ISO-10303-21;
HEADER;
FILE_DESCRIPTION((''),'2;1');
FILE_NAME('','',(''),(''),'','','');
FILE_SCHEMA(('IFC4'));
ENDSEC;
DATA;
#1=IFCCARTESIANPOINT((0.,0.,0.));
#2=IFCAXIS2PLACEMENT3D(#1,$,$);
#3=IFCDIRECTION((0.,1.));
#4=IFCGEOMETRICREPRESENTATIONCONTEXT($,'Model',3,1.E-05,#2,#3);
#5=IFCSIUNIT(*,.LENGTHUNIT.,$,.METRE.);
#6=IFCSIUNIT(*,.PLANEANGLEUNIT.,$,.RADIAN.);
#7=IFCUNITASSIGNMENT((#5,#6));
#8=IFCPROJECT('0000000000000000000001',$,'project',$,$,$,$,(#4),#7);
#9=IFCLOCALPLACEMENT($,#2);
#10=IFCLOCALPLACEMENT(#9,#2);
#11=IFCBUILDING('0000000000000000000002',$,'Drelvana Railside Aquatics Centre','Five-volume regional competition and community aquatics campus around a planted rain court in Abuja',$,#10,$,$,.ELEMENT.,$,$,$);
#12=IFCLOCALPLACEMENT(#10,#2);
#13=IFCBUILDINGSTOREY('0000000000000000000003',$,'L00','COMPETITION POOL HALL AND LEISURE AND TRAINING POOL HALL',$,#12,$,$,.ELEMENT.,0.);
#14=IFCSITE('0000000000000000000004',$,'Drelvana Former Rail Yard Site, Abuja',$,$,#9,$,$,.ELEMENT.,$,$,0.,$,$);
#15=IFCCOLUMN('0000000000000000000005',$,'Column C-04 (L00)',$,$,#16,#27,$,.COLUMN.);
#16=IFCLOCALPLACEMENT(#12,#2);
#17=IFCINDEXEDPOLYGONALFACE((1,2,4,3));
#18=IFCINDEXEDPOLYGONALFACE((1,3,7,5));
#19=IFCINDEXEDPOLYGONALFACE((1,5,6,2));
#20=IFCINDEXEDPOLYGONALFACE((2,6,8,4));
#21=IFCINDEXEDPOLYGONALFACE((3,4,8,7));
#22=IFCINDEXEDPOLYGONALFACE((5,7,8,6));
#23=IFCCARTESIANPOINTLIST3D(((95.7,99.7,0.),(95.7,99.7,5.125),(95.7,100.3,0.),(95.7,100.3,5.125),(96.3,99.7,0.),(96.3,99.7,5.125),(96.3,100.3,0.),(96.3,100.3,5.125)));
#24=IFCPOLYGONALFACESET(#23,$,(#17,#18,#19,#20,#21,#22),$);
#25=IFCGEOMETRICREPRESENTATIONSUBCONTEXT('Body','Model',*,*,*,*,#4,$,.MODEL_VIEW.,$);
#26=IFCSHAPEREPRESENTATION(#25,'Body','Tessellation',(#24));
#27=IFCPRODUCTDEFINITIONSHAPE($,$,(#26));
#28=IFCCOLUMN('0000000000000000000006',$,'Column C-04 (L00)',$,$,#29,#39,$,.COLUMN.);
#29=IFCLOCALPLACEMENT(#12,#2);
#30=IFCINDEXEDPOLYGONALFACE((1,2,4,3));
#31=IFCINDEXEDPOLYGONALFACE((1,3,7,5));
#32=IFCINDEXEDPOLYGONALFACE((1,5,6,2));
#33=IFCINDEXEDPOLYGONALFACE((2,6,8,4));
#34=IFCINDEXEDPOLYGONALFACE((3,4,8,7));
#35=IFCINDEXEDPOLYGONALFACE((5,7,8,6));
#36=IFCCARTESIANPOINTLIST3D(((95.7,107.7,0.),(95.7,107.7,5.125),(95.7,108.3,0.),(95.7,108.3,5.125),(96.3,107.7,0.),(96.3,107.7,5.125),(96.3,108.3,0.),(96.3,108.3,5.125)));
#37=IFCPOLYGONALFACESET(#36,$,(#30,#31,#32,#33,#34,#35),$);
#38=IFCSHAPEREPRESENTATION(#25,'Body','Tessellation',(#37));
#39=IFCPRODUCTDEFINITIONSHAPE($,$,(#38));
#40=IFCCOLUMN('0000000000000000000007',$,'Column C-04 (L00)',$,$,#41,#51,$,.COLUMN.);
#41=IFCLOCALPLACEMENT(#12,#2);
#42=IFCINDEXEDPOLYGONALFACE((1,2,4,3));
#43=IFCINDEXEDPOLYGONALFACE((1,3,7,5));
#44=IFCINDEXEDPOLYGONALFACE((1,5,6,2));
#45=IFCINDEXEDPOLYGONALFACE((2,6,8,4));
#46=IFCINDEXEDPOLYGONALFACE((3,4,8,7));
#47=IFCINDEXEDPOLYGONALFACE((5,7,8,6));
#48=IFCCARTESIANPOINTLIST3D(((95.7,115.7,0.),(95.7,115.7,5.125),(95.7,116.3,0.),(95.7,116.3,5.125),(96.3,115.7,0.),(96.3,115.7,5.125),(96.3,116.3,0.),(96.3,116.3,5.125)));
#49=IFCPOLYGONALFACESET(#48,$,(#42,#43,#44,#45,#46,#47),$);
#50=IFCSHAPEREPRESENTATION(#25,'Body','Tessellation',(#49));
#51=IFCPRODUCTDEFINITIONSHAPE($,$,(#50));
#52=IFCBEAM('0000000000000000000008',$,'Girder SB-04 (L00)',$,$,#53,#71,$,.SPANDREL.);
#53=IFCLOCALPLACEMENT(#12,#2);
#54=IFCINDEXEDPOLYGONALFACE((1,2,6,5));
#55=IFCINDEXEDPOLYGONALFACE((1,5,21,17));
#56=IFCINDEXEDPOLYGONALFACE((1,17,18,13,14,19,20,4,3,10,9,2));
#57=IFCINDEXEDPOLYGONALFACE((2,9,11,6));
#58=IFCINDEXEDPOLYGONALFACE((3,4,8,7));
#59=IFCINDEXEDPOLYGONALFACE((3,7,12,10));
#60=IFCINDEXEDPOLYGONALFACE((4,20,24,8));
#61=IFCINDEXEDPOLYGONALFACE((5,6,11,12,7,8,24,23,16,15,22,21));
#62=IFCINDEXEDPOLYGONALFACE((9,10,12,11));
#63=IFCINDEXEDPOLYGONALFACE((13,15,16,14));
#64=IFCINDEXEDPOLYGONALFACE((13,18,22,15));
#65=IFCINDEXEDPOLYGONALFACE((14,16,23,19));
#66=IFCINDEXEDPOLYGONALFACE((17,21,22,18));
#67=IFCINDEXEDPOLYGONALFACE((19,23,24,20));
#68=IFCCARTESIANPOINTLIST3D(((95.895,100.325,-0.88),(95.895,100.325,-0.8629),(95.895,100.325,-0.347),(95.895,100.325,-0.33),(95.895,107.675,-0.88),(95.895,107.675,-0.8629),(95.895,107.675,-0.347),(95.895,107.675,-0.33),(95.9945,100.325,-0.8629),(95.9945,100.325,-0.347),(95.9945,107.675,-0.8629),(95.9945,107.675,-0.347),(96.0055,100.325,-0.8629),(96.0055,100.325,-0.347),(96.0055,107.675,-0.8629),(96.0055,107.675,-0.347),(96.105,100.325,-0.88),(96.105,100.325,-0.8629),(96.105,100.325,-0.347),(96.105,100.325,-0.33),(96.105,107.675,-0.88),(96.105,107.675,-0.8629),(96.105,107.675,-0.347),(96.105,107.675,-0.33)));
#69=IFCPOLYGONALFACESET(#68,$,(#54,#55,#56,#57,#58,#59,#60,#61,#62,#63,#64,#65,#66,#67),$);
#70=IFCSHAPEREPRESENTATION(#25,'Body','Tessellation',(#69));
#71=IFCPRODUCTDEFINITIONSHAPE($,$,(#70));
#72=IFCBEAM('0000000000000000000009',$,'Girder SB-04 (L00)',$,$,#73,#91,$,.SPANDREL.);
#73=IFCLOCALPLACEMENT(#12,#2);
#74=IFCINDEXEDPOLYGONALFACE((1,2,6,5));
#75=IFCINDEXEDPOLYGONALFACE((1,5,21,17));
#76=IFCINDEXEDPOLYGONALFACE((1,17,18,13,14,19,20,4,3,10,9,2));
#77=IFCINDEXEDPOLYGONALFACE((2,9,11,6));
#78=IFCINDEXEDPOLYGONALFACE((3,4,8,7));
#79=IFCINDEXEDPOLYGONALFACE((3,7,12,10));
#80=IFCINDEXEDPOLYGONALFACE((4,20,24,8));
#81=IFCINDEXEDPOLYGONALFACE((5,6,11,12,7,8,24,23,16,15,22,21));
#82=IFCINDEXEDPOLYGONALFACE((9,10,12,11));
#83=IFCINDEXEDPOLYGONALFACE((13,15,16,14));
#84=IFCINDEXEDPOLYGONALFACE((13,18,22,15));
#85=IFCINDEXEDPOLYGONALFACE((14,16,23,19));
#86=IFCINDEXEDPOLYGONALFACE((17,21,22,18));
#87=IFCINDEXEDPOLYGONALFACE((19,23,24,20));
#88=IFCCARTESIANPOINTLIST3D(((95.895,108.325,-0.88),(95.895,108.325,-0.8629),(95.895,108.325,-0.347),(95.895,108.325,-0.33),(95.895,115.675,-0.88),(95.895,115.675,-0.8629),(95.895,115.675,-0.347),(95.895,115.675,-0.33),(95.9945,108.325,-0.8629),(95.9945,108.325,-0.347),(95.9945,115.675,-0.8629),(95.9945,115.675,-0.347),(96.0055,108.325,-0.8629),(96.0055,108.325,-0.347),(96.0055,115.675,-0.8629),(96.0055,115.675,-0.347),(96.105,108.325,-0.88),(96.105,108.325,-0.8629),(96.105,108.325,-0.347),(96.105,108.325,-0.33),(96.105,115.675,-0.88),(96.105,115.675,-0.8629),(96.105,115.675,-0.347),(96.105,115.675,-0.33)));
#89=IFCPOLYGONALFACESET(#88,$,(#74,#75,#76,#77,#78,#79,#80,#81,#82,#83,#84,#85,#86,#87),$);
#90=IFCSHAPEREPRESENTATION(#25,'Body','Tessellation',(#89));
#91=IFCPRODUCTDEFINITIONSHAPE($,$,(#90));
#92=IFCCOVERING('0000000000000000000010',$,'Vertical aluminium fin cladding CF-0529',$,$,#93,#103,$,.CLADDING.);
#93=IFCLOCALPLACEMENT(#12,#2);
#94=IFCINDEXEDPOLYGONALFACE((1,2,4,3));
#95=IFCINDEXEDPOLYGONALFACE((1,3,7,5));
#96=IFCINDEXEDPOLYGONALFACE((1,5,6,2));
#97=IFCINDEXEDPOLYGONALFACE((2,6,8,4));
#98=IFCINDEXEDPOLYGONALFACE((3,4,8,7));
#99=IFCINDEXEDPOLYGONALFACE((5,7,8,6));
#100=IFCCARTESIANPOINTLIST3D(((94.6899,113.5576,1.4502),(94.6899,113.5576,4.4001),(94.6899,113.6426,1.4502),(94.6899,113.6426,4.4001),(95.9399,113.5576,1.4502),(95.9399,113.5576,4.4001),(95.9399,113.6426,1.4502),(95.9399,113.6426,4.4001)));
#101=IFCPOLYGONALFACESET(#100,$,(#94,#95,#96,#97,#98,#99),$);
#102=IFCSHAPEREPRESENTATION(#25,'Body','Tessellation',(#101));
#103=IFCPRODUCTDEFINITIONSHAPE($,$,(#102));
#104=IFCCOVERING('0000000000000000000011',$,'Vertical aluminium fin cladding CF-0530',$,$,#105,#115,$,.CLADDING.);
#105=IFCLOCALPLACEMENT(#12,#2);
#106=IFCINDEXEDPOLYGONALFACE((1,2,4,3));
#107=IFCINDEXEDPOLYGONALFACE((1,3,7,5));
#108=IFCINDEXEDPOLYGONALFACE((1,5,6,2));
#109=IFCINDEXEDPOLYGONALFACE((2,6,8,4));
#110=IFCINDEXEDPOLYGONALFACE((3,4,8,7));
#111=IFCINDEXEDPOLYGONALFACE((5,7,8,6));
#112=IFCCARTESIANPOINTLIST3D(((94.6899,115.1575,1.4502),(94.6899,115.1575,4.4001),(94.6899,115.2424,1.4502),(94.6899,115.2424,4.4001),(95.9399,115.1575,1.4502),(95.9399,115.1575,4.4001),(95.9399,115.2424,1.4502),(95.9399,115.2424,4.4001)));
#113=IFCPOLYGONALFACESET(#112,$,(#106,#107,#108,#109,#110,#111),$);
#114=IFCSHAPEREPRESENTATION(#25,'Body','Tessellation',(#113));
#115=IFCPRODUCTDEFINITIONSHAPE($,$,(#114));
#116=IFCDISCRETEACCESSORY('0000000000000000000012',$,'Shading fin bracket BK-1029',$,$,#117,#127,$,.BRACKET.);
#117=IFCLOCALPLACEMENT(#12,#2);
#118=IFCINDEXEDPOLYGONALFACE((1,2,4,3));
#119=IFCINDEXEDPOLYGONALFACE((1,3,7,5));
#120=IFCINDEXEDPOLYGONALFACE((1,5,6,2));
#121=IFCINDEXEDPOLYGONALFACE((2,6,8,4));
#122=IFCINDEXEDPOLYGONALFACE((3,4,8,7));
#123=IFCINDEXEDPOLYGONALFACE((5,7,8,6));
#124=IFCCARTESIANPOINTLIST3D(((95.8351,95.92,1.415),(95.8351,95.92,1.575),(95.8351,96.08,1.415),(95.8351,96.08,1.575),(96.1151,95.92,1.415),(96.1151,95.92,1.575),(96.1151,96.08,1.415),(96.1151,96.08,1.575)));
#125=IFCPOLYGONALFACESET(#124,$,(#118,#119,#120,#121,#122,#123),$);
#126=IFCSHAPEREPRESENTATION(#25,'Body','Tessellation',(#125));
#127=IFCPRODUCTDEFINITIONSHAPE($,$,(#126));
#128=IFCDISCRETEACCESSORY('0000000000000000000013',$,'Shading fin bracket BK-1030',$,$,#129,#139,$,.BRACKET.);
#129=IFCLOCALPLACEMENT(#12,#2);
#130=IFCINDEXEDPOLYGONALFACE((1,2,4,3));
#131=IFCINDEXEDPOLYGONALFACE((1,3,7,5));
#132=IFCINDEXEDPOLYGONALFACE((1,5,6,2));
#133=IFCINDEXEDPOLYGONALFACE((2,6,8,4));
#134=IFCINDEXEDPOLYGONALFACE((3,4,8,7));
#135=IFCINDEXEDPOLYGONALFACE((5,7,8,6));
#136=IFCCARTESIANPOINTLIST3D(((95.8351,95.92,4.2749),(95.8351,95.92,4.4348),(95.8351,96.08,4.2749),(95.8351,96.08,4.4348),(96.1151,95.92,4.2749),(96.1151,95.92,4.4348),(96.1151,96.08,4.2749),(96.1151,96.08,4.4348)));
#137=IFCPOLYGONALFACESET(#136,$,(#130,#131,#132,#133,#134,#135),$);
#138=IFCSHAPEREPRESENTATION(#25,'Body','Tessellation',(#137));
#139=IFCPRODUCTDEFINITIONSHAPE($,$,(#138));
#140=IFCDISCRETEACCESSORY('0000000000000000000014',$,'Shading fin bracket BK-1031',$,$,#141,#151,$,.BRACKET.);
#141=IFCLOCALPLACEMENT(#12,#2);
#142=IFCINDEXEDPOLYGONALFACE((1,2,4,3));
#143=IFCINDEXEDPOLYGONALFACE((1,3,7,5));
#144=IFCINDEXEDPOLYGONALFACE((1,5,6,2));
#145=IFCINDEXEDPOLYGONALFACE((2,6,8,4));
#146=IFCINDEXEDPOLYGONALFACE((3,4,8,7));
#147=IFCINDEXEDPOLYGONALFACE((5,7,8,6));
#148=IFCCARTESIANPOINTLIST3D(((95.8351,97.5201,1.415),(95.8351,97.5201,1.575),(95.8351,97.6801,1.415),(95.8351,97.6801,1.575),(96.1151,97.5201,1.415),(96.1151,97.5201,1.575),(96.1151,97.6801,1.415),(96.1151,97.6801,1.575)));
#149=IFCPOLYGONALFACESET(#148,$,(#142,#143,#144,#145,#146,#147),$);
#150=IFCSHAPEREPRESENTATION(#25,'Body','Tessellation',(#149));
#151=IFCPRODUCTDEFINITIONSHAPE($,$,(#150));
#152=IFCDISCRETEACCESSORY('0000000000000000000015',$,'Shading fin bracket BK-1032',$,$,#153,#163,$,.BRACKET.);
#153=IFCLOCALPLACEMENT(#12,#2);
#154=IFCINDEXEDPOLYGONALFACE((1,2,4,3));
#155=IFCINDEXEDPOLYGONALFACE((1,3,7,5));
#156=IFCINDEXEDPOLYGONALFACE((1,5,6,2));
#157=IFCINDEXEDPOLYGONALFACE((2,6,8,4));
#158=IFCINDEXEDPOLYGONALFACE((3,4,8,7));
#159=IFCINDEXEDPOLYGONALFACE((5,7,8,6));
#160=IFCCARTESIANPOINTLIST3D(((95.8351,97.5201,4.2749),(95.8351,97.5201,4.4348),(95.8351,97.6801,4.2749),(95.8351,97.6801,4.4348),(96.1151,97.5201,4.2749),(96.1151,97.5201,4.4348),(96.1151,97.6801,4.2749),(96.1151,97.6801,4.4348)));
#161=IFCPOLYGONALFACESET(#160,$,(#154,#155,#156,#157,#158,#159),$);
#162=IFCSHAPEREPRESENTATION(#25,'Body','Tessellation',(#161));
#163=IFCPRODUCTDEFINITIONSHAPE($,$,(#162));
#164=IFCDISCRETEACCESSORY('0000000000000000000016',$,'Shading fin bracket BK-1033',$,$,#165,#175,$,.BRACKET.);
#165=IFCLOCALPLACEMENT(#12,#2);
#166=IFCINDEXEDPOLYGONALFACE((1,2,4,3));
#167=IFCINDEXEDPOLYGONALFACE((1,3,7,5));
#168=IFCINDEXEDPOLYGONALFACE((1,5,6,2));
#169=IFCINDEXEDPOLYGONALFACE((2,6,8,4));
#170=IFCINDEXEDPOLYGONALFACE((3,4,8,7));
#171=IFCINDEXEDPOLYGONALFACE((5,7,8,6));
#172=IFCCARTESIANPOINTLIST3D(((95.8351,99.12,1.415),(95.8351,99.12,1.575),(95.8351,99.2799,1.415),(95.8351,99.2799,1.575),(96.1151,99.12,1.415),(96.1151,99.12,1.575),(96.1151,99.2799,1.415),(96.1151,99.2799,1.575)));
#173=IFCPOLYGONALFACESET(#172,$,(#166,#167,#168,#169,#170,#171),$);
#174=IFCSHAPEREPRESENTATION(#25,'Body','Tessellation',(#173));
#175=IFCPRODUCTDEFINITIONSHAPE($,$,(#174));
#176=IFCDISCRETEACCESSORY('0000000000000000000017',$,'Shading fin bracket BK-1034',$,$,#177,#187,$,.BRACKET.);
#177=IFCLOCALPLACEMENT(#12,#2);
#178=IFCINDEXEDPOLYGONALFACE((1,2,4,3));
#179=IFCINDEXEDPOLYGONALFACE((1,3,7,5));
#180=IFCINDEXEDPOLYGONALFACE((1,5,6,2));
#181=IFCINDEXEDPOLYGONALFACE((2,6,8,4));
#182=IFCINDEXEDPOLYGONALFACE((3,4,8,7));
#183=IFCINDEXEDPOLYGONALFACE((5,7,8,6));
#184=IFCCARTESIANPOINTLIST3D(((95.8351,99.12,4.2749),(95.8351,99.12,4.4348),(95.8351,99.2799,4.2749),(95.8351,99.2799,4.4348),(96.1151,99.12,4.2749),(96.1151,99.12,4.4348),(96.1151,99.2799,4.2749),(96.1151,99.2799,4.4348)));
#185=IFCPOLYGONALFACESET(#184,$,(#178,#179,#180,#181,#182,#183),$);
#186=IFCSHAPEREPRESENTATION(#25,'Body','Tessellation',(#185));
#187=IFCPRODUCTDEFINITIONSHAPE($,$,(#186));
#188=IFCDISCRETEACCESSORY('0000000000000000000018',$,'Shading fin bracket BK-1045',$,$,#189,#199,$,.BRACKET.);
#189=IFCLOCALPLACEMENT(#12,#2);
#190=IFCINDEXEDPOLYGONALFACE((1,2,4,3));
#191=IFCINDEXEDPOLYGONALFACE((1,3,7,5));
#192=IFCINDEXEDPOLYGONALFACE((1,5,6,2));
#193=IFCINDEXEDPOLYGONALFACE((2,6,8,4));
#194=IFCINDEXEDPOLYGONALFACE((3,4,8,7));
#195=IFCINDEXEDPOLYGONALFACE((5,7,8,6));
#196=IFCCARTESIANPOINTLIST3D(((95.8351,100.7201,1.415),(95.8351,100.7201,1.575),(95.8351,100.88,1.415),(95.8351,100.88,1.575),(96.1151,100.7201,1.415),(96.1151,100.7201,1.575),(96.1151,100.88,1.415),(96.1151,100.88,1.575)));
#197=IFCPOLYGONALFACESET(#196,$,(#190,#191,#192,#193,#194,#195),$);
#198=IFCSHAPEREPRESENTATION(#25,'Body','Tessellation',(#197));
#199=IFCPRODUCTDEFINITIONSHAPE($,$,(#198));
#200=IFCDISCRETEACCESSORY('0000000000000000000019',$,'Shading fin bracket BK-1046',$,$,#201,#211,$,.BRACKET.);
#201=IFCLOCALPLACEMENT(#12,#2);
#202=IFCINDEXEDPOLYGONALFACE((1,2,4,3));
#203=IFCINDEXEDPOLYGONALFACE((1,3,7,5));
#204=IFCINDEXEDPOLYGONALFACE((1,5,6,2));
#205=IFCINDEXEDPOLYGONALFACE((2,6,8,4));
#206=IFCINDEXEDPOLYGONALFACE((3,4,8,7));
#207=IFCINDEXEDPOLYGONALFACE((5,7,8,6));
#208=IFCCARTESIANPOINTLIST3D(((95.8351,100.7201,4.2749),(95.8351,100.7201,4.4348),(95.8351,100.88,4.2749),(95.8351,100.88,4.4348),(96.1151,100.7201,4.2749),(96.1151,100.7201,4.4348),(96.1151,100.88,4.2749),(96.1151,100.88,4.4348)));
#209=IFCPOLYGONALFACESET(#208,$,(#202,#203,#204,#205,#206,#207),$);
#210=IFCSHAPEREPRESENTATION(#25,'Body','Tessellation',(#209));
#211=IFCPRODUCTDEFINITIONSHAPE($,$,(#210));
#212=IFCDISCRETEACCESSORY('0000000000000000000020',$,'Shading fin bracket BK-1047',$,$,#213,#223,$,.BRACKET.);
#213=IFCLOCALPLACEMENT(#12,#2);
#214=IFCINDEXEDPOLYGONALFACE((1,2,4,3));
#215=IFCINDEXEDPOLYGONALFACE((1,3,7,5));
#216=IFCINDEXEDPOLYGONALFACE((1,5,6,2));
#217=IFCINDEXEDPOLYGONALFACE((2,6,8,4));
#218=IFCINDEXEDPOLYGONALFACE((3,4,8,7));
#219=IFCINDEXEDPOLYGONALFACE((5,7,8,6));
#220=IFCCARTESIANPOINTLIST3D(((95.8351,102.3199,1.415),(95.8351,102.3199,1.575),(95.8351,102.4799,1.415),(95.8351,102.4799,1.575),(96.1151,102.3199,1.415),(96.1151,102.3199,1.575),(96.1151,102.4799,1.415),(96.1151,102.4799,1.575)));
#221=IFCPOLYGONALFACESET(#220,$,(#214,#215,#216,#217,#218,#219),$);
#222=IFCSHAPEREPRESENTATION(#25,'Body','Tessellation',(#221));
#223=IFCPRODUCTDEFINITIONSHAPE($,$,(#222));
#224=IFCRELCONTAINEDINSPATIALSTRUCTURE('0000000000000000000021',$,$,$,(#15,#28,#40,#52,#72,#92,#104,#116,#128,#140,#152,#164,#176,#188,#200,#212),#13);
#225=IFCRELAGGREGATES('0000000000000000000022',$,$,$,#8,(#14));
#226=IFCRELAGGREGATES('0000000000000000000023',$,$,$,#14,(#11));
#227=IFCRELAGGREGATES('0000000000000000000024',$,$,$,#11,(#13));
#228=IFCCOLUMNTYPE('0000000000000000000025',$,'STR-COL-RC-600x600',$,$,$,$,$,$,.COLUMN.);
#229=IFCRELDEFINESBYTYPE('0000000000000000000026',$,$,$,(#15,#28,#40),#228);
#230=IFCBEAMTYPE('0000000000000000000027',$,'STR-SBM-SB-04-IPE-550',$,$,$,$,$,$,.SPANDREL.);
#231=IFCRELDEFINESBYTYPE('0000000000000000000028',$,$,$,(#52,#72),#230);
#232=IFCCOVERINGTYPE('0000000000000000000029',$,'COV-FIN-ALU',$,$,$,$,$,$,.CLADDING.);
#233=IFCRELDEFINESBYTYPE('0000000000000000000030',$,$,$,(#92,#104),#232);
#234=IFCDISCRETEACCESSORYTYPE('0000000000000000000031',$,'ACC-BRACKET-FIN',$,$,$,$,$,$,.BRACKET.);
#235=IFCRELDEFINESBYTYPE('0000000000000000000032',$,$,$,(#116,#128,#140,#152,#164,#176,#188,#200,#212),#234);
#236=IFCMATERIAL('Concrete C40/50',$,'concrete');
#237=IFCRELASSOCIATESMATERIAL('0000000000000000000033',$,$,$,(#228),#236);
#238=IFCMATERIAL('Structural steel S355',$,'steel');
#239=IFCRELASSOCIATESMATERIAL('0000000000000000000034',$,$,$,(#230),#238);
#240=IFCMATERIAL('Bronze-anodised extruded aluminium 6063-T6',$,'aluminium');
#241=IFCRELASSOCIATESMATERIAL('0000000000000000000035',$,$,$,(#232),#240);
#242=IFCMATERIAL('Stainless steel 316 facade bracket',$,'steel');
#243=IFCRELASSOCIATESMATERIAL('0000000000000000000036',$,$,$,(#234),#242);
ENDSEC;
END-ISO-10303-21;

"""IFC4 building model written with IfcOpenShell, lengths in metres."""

from ifc_helpers import new_model, si_unit, direction, frame, origin, origin_2d, place, context, subcontext, project, spatial, rectangle, i_section, extrude, material, material_profile, profile_set, type_object, element, save


model = new_model("IFC4")

# Units and contexts
model_context = context("Model", 3, precision=1e-05, world=origin(), true_north=direction((0.0, 1.0)))
body_context = subcontext(model_context, "Body", "Model", "MODEL_VIEW")
ifc_project = project(units=[si_unit("LENGTHUNIT", "METRE"), si_unit("PLANEANGLEUNIT", "RADIAN")], contexts=[model_context])

# Site, building, storey
site_placement = place(None, origin())
site = spatial("IfcSite", under=ifc_project, at=site_placement, Name="Drelvana Former Rail Yard Site, Abuja", CompositionType="ELEMENT", RefElevation=0.0)
building_placement = place(site_placement, origin())
building = spatial("IfcBuilding", under=site, at=building_placement, Name="Drelvana Railside Aquatics Centre", Description="Five-volume regional competition and community aquatics campus around a planted rain court in Abuja", CompositionType="ELEMENT")
storey_placement = place(building_placement, origin())
storey = spatial("IfcBuildingStorey", under=building, at=storey_placement, Name="L00", Description="COMPETITION POOL HALL AND LEISURE AND TRAINING POOL HALL", CompositionType="ELEMENT", Elevation=0.0)

# Columns
ifc_material_1 = material(Name="Concrete C40/50", Category="concrete")
ifc_material_profile_1 = material_profile(ifc_material_1, rectangle(XDim=0.6001, YDim=0.6001, at=origin_2d()), Name="RC 600x600")
ifc_profile_set_1 = profile_set([ifc_material_profile_1], Name="Concrete C40/50")
column_type = type_object("IfcColumnType", Name="STR-COL-RC-600x600", PredefinedType="COLUMN", material=ifc_profile_set_1)
for number, where, z_axis, x_axis, name in (
    (1, (96.0, 100.0, 0.0), (0.0, 0.0, 1.0), (1.0, 0.0, 0.0), "Column C-04 (L00)"),
    (2, (96.0, 108.0, 0.0), (0.0, 0.0, 1.0), (1.0, 0.0, 0.0), "Column C-04 (L00)"),
    (3, (96.0, 116.0, 0.0), (0.0, 0.0, 1.0), (1.0, 0.0, 0.0), "Column C-04 (L00)"),
):
    element("IfcColumn", number, at=place(storey_placement, frame(where, z_axis=z_axis, x_axis=x_axis)), inside=storey, type_object=column_type, Name=name, PredefinedType="COLUMN", context=body_context, shape_type="SweptSolid", body=[
        extrude(rectangle(XDim=0.6001, YDim=0.6001, at=origin_2d()), origin(), (0.0, 0.0, 1.0), 5.125),
    ])

# Beams
ifc_material_2 = material(Name="Structural steel S355", Category="steel")
ifc_material_profile_2 = material_profile(ifc_material_2, i_section(OverallWidth=0.21, OverallDepth=0.55, WebThickness=0.011, FlangeThickness=0.0171, at=origin_2d()), Name="IPE 550")
ifc_profile_set_2 = profile_set([ifc_material_profile_2], Name="Structural steel S355")
beam_type = type_object("IfcBeamType", Name="STR-SBM-SB-04-IPE-550", PredefinedType="SPANDREL", material=ifc_profile_set_2)
for number, where, z_axis, x_axis, name in (
    (4, (96.0, 100.325, -0.605), (0.0, 1.0, 0.0), (-1.0, 0.0, 0.0), "Girder SB-04 (L00)"),
    (5, (96.0, 108.325, -0.605), (0.0, 1.0, 0.0), (-1.0, 0.0, 0.0), "Girder SB-04 (L00)"),
):
    element("IfcBeam", number, at=place(storey_placement, frame(where, z_axis=z_axis, x_axis=x_axis)), inside=storey, type_object=beam_type, Name=name, PredefinedType="SPANDREL", context=body_context, shape_type="SweptSolid", body=[
        extrude(i_section(OverallWidth=0.21, OverallDepth=0.55, WebThickness=0.011, FlangeThickness=0.0171, at=origin_2d()), origin(), (0.0, 0.0, 1.0), 7.3501),
    ])

# Coverings
ifc_material_3 = material(Name="Bronze-anodised extruded aluminium 6063-T6", Category="aluminium")
covering_type = type_object("IfcCoveringType", Name="COV-FIN-ALU", PredefinedType="CLADDING", material=ifc_material_3)
for number, where, z_axis, x_axis, name in (
    (6, (95.3149, 113.6001, 1.4502), (0.0, 0.0, 1.0), (0.0, 1.0, 0.0), "Vertical aluminium fin cladding CF-0529"),
    (7, (95.3149, 115.2, 1.4502), (0.0, 0.0, 1.0), (0.0, 1.0, 0.0), "Vertical aluminium fin cladding CF-0530"),
):
    element("IfcCovering", number, at=place(storey_placement, frame(where, z_axis=z_axis, x_axis=x_axis)), inside=storey, type_object=covering_type, Name=name, PredefinedType="CLADDING", context=body_context, shape_type="SweptSolid", body=[
        extrude(rectangle(XDim=0.085, YDim=1.25, at=origin_2d()), origin(), (0.0, 0.0, 1.0), 2.95),
    ])

# Discrete accessories
ifc_material_4 = material(Name="Stainless steel 316 facade bracket", Category="steel")
discrete_accessory_type = type_object("IfcDiscreteAccessoryType", Name="ACC-BRACKET-FIN", PredefinedType="BRACKET", material=ifc_material_4)
for number, where, z_axis, x_axis, name in (
    (8, (95.9751, 96.0, 1.415), (0.0, 0.0, 1.0), (-1.0, 0.0, 0.0), "Shading fin bracket BK-1029"),
    (9, (95.9751, 96.0, 4.2749), (0.0, 0.0, 1.0), (-1.0, 0.0, 0.0), "Shading fin bracket BK-1030"),
    (10, (95.9751, 97.6001, 1.415), (0.0, 0.0, 1.0), (-1.0, 0.0, 0.0), "Shading fin bracket BK-1031"),
    (11, (95.9751, 97.6001, 4.2749), (0.0, 0.0, 1.0), (-1.0, 0.0, 0.0), "Shading fin bracket BK-1032"),
    (12, (95.9751, 99.2, 1.415), (0.0, 0.0, 1.0), (-1.0, 0.0, 0.0), "Shading fin bracket BK-1033"),
    (13, (95.9751, 99.2, 4.2749), (0.0, 0.0, 1.0), (-1.0, 0.0, 0.0), "Shading fin bracket BK-1034"),
    (14, (95.9751, 100.8, 1.415), (0.0, 0.0, 1.0), (-1.0, 0.0, 0.0), "Shading fin bracket BK-1045"),
    (15, (95.9751, 100.8, 4.2749), (0.0, 0.0, 1.0), (-1.0, 0.0, 0.0), "Shading fin bracket BK-1046"),
    (16, (95.9751, 102.3999, 1.415), (0.0, 0.0, 1.0), (-1.0, 0.0, 0.0), "Shading fin bracket BK-1047"),
):
    element("IfcDiscreteAccessory", number, at=place(storey_placement, frame(where, z_axis=z_axis, x_axis=x_axis)), inside=storey, type_object=discrete_accessory_type, Name=name, PredefinedType="BRACKET", context=body_context, shape_type="SweptSolid", body=[
        extrude(rectangle(XDim=0.28, YDim=0.1599, at=origin_2d()), origin(), (0.0, 0.0, 1.0), 0.1599),
    ])

save(model, "model.ifc")
